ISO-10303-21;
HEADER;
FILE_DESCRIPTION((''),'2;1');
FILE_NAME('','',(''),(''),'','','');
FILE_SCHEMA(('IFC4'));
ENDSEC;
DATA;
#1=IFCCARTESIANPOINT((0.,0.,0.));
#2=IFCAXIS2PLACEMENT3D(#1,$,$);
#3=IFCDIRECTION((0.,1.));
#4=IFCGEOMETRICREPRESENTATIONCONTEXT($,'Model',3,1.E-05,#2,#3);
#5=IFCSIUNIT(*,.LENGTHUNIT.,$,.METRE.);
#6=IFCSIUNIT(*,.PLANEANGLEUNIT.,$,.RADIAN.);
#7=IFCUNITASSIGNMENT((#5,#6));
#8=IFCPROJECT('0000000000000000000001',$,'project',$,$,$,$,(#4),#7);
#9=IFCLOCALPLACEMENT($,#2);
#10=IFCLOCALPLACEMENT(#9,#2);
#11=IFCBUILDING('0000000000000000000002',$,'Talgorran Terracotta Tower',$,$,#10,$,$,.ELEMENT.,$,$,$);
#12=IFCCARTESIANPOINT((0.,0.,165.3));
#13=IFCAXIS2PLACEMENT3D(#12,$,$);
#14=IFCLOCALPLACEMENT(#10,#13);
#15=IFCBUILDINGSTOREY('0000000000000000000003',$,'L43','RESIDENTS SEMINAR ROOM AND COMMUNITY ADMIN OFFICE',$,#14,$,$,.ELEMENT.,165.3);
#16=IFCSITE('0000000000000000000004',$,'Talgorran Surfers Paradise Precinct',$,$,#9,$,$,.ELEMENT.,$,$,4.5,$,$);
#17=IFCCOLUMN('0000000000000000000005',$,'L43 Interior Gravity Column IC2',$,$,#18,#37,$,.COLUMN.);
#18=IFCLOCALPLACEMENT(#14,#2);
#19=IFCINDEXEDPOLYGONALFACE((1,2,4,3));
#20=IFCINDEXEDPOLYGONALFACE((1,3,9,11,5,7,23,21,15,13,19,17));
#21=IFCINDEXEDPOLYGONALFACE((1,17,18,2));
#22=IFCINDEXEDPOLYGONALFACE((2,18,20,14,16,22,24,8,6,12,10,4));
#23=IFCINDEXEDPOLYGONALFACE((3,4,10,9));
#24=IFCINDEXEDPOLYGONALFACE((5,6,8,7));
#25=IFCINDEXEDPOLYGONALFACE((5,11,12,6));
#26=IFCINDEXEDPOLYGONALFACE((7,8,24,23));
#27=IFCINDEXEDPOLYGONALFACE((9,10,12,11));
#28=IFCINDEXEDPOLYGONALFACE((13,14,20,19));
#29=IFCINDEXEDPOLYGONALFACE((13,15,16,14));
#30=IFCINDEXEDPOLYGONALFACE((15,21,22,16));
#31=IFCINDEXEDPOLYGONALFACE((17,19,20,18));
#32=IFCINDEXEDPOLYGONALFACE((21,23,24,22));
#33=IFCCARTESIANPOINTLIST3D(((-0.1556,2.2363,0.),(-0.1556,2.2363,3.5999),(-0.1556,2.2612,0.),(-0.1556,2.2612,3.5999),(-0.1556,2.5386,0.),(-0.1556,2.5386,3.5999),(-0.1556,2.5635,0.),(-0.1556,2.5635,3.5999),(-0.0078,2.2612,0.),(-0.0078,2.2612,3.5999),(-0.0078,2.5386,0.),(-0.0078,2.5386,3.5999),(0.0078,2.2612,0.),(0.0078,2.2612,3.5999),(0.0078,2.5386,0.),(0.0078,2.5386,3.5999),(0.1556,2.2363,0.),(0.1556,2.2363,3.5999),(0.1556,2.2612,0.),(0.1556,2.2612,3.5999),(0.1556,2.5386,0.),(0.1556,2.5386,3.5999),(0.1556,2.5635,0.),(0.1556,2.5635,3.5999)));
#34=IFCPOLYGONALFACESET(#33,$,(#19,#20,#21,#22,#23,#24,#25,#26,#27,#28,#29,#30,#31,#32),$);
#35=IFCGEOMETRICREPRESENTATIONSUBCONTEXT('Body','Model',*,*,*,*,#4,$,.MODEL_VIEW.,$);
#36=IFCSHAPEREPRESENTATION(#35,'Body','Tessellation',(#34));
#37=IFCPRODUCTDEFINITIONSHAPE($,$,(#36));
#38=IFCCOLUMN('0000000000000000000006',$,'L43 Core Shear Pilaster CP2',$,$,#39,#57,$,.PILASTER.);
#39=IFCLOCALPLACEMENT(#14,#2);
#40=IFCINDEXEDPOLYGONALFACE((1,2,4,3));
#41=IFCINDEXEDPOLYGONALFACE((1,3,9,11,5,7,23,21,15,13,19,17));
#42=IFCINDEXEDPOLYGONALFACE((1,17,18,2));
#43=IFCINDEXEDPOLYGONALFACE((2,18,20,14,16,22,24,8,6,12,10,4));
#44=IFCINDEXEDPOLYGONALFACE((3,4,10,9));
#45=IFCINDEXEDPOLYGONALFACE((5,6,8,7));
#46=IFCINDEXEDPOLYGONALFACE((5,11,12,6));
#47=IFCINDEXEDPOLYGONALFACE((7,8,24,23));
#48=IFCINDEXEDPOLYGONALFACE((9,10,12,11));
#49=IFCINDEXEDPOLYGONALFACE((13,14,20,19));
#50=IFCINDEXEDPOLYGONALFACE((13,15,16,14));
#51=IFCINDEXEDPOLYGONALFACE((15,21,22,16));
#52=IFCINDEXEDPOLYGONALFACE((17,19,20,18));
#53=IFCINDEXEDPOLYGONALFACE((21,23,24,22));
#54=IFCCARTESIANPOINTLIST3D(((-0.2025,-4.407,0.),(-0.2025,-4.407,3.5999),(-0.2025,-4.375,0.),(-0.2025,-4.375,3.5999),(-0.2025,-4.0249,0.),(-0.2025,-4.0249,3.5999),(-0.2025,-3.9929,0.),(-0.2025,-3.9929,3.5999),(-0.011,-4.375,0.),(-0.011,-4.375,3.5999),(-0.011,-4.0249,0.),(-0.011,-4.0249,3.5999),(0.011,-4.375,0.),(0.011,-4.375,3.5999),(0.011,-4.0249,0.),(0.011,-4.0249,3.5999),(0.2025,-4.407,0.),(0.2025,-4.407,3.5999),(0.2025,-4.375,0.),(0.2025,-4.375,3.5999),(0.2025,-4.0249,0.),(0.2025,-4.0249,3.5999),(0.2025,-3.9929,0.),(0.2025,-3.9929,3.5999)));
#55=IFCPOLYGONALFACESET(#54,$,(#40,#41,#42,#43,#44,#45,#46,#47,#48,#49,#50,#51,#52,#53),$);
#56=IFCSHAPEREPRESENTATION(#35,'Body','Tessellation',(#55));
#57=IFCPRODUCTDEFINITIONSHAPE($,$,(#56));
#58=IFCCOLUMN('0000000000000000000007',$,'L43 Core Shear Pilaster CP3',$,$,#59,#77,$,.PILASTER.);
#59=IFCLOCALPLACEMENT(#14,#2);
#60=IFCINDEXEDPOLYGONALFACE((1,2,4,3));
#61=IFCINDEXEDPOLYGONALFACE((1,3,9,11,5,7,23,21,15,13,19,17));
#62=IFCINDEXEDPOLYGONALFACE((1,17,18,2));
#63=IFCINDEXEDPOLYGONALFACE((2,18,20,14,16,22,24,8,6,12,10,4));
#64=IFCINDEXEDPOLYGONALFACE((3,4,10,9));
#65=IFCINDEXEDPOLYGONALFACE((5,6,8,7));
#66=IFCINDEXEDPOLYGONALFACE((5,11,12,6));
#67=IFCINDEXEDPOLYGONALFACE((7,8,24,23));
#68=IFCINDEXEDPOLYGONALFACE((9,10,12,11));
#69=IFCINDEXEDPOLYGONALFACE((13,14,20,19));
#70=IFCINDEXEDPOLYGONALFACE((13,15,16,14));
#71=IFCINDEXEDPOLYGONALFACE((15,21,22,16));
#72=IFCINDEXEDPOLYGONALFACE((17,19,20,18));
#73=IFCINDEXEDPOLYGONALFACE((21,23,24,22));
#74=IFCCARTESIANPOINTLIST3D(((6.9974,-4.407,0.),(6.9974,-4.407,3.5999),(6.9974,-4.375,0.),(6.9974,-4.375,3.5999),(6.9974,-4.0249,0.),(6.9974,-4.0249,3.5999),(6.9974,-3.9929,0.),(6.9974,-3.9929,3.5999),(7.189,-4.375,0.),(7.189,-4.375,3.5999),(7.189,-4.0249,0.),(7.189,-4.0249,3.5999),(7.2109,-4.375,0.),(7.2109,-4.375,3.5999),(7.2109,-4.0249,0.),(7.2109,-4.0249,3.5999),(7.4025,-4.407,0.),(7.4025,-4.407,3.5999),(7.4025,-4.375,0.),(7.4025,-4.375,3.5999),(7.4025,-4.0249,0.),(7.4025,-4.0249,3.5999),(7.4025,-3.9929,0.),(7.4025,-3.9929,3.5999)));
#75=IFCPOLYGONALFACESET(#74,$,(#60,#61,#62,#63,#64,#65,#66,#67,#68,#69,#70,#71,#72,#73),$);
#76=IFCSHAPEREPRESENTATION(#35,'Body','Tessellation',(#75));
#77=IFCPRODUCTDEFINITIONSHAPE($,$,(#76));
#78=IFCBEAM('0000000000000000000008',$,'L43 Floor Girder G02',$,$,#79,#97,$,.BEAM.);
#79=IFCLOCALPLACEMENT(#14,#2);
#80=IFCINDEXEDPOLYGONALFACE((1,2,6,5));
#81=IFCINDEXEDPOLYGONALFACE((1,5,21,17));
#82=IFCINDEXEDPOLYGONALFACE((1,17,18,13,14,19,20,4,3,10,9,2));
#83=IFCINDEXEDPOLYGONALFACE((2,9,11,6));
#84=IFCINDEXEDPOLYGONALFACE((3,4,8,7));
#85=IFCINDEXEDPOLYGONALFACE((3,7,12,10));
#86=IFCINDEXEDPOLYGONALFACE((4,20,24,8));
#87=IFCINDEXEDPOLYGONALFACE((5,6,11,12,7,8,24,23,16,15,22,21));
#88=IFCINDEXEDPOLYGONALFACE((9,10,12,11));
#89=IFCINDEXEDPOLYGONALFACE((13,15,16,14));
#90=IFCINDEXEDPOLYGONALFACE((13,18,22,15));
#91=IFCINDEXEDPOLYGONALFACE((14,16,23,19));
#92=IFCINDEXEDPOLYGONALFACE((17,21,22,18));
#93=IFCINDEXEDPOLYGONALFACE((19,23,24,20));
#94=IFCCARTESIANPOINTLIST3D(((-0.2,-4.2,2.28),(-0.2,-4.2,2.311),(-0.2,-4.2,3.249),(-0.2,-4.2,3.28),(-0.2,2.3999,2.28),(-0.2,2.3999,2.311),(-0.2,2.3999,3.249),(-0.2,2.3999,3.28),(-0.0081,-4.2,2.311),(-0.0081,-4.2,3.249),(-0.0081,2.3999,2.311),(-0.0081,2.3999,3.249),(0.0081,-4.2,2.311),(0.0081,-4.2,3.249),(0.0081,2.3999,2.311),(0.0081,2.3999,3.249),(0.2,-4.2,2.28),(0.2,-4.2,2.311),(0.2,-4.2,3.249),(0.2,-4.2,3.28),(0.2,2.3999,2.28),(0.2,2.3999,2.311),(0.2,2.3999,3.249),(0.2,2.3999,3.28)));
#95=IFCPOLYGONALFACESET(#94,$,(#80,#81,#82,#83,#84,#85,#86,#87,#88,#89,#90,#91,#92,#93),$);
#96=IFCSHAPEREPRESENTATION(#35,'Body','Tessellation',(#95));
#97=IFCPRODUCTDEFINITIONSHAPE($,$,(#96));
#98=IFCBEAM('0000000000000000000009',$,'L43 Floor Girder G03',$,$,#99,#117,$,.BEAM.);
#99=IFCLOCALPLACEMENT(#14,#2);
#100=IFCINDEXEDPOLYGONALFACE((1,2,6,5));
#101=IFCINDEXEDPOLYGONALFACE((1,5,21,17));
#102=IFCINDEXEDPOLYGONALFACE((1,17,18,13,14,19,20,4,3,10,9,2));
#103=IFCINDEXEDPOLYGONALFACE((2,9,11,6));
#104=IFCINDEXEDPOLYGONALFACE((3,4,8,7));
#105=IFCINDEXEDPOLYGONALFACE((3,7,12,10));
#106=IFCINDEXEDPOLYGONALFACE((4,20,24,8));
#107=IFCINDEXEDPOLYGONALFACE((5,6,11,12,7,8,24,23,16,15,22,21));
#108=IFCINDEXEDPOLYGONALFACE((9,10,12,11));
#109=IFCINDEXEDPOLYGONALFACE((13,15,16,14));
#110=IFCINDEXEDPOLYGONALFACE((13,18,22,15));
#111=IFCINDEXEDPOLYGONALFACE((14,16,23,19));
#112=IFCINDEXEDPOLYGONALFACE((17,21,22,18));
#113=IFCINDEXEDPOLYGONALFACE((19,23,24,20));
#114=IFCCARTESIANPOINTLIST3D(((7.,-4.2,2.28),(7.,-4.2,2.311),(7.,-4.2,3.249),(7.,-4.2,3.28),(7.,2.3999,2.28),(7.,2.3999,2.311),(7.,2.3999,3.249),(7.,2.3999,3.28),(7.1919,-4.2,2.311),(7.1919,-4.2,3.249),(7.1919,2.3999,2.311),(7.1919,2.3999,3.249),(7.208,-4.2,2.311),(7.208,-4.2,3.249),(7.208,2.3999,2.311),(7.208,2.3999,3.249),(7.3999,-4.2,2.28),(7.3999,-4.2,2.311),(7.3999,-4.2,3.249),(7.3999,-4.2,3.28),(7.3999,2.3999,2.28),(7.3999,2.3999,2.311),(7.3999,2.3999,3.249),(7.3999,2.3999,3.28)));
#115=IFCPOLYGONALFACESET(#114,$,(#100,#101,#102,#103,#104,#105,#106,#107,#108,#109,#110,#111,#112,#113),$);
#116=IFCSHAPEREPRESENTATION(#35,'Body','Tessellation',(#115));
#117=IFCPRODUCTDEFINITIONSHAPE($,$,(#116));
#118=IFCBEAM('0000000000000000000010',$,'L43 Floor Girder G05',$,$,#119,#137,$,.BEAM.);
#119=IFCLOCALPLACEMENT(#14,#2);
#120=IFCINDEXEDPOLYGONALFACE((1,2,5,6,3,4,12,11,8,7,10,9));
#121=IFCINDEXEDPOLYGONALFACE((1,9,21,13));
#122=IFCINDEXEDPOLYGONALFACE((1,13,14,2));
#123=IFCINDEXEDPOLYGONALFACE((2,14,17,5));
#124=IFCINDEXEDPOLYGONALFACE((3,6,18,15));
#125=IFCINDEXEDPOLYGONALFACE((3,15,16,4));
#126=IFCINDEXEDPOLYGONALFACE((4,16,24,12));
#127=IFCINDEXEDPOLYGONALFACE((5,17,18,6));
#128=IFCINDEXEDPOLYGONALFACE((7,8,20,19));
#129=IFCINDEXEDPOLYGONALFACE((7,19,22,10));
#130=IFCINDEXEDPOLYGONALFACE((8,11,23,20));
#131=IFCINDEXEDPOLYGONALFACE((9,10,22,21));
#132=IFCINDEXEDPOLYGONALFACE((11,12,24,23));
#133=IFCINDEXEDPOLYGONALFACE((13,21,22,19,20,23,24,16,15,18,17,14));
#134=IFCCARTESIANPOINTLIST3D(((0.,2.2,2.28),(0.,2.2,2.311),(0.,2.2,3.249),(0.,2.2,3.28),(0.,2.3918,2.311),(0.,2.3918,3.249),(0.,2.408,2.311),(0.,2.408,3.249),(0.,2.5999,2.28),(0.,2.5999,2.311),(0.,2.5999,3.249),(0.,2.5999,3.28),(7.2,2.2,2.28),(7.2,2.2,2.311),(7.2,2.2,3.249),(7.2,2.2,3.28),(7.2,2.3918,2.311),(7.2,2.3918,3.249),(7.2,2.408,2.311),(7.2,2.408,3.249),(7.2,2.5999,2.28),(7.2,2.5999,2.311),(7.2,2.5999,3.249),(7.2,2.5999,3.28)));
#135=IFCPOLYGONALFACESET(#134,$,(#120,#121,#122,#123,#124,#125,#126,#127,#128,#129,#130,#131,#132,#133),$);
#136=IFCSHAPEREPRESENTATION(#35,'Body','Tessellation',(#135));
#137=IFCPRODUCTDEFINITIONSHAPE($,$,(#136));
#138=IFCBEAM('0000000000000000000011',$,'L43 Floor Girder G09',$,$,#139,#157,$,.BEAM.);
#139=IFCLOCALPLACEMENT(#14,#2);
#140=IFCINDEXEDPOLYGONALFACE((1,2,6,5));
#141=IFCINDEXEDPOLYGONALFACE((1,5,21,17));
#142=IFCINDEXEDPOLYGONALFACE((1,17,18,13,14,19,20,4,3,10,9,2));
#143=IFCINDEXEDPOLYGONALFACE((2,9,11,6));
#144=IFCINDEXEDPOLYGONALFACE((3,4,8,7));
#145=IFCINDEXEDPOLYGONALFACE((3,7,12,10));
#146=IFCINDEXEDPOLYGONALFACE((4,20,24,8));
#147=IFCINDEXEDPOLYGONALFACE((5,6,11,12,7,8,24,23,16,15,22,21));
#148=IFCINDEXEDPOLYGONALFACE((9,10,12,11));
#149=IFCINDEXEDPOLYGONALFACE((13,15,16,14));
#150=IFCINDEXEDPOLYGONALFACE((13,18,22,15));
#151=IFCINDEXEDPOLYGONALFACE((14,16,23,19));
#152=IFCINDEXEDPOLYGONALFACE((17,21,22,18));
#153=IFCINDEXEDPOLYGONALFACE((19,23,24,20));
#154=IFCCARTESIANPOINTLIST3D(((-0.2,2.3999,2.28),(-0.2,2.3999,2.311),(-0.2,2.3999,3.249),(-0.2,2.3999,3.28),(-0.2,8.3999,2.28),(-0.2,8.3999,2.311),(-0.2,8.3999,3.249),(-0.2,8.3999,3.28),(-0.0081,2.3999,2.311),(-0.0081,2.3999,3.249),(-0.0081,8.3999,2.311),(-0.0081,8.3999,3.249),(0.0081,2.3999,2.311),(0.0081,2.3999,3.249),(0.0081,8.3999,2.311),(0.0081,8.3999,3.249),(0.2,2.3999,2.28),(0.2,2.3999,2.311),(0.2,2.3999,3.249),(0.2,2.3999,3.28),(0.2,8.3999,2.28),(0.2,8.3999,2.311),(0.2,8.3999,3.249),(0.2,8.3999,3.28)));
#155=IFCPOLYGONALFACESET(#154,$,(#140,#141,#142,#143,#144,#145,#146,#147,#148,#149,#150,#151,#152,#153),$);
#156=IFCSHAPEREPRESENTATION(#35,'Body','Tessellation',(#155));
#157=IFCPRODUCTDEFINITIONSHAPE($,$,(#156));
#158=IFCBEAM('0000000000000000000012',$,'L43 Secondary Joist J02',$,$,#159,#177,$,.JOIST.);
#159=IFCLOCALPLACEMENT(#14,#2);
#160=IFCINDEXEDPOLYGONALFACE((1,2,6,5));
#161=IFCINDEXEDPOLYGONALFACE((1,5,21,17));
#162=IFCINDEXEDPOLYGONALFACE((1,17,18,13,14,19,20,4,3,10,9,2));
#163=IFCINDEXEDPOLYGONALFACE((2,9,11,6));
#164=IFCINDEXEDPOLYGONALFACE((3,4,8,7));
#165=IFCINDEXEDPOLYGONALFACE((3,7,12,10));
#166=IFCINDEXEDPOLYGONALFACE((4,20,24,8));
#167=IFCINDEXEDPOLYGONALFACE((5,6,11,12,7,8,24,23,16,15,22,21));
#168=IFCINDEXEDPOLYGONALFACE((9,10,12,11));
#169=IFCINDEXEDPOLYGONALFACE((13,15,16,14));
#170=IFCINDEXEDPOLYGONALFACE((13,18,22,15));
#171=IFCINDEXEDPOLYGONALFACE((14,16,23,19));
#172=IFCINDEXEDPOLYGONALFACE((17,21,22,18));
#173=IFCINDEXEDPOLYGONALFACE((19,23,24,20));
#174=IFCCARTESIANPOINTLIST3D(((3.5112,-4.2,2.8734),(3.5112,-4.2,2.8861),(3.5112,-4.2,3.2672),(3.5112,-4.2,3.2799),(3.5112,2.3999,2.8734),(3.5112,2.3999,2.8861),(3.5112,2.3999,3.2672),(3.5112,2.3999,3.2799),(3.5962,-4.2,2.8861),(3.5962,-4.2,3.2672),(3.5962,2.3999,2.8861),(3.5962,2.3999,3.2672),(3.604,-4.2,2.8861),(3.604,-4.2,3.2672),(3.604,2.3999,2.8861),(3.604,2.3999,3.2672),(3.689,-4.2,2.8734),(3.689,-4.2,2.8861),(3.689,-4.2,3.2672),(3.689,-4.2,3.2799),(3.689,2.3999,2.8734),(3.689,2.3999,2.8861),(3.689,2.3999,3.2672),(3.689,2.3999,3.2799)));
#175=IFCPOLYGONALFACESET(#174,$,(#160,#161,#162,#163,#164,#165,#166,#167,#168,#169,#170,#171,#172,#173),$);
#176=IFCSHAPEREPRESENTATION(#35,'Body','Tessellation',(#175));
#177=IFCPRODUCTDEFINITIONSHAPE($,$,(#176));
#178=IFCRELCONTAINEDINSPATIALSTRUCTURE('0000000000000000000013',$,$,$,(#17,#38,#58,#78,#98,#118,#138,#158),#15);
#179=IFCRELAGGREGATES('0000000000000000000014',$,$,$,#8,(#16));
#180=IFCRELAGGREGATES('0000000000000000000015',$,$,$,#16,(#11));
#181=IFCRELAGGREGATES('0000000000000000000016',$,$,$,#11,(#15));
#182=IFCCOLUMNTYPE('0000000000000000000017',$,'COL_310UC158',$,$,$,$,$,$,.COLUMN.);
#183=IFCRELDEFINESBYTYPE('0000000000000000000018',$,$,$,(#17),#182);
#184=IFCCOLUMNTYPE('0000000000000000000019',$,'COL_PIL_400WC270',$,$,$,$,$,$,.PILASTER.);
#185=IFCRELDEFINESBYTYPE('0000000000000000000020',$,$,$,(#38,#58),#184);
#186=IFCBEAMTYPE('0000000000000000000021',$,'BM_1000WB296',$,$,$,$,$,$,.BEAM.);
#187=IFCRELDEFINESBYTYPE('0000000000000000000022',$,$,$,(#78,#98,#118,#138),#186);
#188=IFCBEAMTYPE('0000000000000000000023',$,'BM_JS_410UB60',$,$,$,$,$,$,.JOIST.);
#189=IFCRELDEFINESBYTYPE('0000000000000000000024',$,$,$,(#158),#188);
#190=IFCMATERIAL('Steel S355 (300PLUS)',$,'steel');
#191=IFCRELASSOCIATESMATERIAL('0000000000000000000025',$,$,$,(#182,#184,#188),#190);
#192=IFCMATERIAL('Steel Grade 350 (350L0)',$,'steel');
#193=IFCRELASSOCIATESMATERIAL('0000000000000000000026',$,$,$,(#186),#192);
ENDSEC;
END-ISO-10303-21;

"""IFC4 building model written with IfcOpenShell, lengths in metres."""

from ifc_helpers import new_model, si_unit, direction, frame, origin, origin_2d, place, context, subcontext, project, spatial, i_section, extrude, material, material_profile, profile_set, type_object, element, save


model = new_model("IFC4")

# Units and contexts
model_context = context("Model", 3, precision=1e-05, world=origin(), true_north=direction((0.0, 1.0)))
body_context = subcontext(model_context, "Body", "Model", "MODEL_VIEW")
ifc_project = project(units=[si_unit("LENGTHUNIT", "METRE"), si_unit("PLANEANGLEUNIT", "RADIAN")], contexts=[model_context])

# Site, building, storey
site_placement = place(None, origin())
site = spatial("IfcSite", under=ifc_project, at=site_placement, Name="Talgorran Surfers Paradise Precinct", CompositionType="ELEMENT", RefElevation=4.5)
building_placement = place(site_placement, origin())
building = spatial("IfcBuilding", under=site, at=building_placement, Name="Talgorran Terracotta Tower", CompositionType="ELEMENT")
storey_placement = place(building_placement, frame((0.0, 0.0, 165.3)))
storey = spatial("IfcBuildingStorey", under=building, at=storey_placement, Name="L43", Description="RESIDENTS SEMINAR ROOM AND COMMUNITY ADMIN OFFICE", CompositionType="ELEMENT", Elevation=165.3)

# Columns
ifc_material_1 = material(Name="Steel S355 (300PLUS)", Category="steel")
ifc_material_profile_1 = material_profile(ifc_material_1, i_section(OverallWidth=0.3113, OverallDepth=0.3271, WebThickness=0.0156, FlangeThickness=0.0249, at=origin_2d()), Name="310UC158")
ifc_profile_set_1 = profile_set([ifc_material_profile_1], Name="Steel S355 (300PLUS)")
column_type_1 = type_object("IfcColumnType", Name="COL_310UC158", PredefinedType="COLUMN", material=ifc_profile_set_1)
column_placement = place(storey_placement, frame((0.0, 2.3999, 0.0), z_axis=(0.0, 0.0, 1.0), x_axis=(1.0, 0.0, 0.0)))
element("IfcColumn", 1, at=column_placement, inside=storey, type_object=column_type_1, Name="L43 Interior Gravity Column IC2", PredefinedType="COLUMN", context=body_context, shape_type="SweptSolid", body=[
    extrude(i_section(OverallWidth=0.3113, OverallDepth=0.3271, WebThickness=0.0156, FlangeThickness=0.0249, at=origin_2d()), origin(), (0.0, 0.0, 1.0), 3.5999),
])
ifc_material_profile_2 = material_profile(ifc_material_1, i_section(OverallWidth=0.405, OverallDepth=0.4141, WebThickness=0.022, FlangeThickness=0.032, at=origin_2d()), Name="400WC270")
ifc_profile_set_2 = profile_set([ifc_material_profile_2], Name="Steel S355 (300PLUS)")
column_type_2 = type_object("IfcColumnType", Name="COL_PIL_400WC270", PredefinedType="PILASTER", material=ifc_profile_set_2)
for number, where, z_axis, x_axis, name in (
    (2, (0.0, -4.2, 0.0), (0.0, 0.0, 1.0), (1.0, 0.0, 0.0), "L43 Core Shear Pilaster CP2"),
    (3, (7.2, -4.2, 0.0), (0.0, 0.0, 1.0), (1.0, 0.0, 0.0), "L43 Core Shear Pilaster CP3"),
):
    element("IfcColumn", number, at=place(storey_placement, frame(where, z_axis=z_axis, x_axis=x_axis)), inside=storey, type_object=column_type_2, Name=name, PredefinedType="PILASTER", context=body_context, shape_type="SweptSolid", body=[
        extrude(i_section(OverallWidth=0.405, OverallDepth=0.4141, WebThickness=0.022, FlangeThickness=0.032, at=origin_2d()), origin(), (0.0, 0.0, 1.0), 3.5999),
    ])

# Beams
ifc_material_2 = material(Name="Steel Grade 350 (350L0)", Category="steel")
ifc_material_profile_3 = material_profile(ifc_material_2, i_section(OverallWidth=0.3999, OverallDepth=1.0, WebThickness=0.0161, FlangeThickness=0.031, at=origin_2d()), Name="1000WB296")
ifc_profile_set_3 = profile_set([ifc_material_profile_3], Name="Steel Grade 350 (350L0)")
beam_type_1 = type_object("IfcBeamType", Name="BM_1000WB296", PredefinedType="BEAM", material=ifc_profile_set_3)
for number, where, z_axis, x_axis, name in (
    (4, (0.0, -4.2, 2.78), (0.0, 1.0, 0.0), (-1.0, 0.0, 0.0), "L43 Floor Girder G02"),
    (5, (7.2, -4.2, 2.78), (0.0, 1.0, 0.0), (-1.0, 0.0, 0.0), "L43 Floor Girder G03"),
):
    element("IfcBeam", number, at=place(storey_placement, frame(where, z_axis=z_axis, x_axis=x_axis)), inside=storey, type_object=beam_type_1, Name=name, PredefinedType="BEAM", context=body_context, shape_type="SweptSolid", body=[
        extrude(i_section(OverallWidth=0.3999, OverallDepth=1.0, WebThickness=0.0161, FlangeThickness=0.031, at=origin_2d()), origin(), (0.0, 0.0, 1.0), 6.5999),
    ])
beam_1_placement = place(storey_placement, frame((0.0, 2.3999, 2.78), z_axis=(1.0, 0.0, 0.0), x_axis=(0.0, 1.0, 0.0)))
element("IfcBeam", 6, at=beam_1_placement, inside=storey, type_object=beam_type_1, Name="L43 Floor Girder G05", PredefinedType="BEAM", context=body_context, shape_type="SweptSolid", body=[
    extrude(i_section(OverallWidth=0.3999, OverallDepth=1.0, WebThickness=0.0161, FlangeThickness=0.031, at=origin_2d()), origin(), (0.0, 0.0, 1.0), 7.2),
])
beam_2_placement = place(storey_placement, frame((0.0, 2.3999, 2.78), z_axis=(0.0, 1.0, 0.0), x_axis=(-1.0, 0.0, 0.0)))
element("IfcBeam", 7, at=beam_2_placement, inside=storey, type_object=beam_type_1, Name="L43 Floor Girder G09", PredefinedType="BEAM", context=body_context, shape_type="SweptSolid", body=[
    extrude(i_section(OverallWidth=0.3999, OverallDepth=1.0, WebThickness=0.0161, FlangeThickness=0.031, at=origin_2d()), origin(), (0.0, 0.0, 1.0), 6.0),
])
ifc_material_profile_4 = material_profile(ifc_material_1, i_section(OverallWidth=0.1777, OverallDepth=0.4065, WebThickness=0.0078, FlangeThickness=0.0127, at=origin_2d()), Name="410UB59.7")
ifc_profile_set_4 = profile_set([ifc_material_profile_4], Name="Steel S355 (300PLUS)")
beam_type_2 = type_object("IfcBeamType", Name="BM_JS_410UB60", PredefinedType="JOIST", material=ifc_profile_set_4)
beam_3_placement = place(storey_placement, frame((3.6001, -4.2, 3.0767), z_axis=(0.0, 1.0, 0.0), x_axis=(-1.0, 0.0, 0.0)))
element("IfcBeam", 8, at=beam_3_placement, inside=storey, type_object=beam_type_2, Name="L43 Secondary Joist J02", PredefinedType="JOIST", context=body_context, shape_type="SweptSolid", body=[
    extrude(i_section(OverallWidth=0.1777, OverallDepth=0.4065, WebThickness=0.0078, FlangeThickness=0.0127, at=origin_2d()), origin(), (0.0, 0.0, 1.0), 6.5999),
])

save(model, "model.ifc")
